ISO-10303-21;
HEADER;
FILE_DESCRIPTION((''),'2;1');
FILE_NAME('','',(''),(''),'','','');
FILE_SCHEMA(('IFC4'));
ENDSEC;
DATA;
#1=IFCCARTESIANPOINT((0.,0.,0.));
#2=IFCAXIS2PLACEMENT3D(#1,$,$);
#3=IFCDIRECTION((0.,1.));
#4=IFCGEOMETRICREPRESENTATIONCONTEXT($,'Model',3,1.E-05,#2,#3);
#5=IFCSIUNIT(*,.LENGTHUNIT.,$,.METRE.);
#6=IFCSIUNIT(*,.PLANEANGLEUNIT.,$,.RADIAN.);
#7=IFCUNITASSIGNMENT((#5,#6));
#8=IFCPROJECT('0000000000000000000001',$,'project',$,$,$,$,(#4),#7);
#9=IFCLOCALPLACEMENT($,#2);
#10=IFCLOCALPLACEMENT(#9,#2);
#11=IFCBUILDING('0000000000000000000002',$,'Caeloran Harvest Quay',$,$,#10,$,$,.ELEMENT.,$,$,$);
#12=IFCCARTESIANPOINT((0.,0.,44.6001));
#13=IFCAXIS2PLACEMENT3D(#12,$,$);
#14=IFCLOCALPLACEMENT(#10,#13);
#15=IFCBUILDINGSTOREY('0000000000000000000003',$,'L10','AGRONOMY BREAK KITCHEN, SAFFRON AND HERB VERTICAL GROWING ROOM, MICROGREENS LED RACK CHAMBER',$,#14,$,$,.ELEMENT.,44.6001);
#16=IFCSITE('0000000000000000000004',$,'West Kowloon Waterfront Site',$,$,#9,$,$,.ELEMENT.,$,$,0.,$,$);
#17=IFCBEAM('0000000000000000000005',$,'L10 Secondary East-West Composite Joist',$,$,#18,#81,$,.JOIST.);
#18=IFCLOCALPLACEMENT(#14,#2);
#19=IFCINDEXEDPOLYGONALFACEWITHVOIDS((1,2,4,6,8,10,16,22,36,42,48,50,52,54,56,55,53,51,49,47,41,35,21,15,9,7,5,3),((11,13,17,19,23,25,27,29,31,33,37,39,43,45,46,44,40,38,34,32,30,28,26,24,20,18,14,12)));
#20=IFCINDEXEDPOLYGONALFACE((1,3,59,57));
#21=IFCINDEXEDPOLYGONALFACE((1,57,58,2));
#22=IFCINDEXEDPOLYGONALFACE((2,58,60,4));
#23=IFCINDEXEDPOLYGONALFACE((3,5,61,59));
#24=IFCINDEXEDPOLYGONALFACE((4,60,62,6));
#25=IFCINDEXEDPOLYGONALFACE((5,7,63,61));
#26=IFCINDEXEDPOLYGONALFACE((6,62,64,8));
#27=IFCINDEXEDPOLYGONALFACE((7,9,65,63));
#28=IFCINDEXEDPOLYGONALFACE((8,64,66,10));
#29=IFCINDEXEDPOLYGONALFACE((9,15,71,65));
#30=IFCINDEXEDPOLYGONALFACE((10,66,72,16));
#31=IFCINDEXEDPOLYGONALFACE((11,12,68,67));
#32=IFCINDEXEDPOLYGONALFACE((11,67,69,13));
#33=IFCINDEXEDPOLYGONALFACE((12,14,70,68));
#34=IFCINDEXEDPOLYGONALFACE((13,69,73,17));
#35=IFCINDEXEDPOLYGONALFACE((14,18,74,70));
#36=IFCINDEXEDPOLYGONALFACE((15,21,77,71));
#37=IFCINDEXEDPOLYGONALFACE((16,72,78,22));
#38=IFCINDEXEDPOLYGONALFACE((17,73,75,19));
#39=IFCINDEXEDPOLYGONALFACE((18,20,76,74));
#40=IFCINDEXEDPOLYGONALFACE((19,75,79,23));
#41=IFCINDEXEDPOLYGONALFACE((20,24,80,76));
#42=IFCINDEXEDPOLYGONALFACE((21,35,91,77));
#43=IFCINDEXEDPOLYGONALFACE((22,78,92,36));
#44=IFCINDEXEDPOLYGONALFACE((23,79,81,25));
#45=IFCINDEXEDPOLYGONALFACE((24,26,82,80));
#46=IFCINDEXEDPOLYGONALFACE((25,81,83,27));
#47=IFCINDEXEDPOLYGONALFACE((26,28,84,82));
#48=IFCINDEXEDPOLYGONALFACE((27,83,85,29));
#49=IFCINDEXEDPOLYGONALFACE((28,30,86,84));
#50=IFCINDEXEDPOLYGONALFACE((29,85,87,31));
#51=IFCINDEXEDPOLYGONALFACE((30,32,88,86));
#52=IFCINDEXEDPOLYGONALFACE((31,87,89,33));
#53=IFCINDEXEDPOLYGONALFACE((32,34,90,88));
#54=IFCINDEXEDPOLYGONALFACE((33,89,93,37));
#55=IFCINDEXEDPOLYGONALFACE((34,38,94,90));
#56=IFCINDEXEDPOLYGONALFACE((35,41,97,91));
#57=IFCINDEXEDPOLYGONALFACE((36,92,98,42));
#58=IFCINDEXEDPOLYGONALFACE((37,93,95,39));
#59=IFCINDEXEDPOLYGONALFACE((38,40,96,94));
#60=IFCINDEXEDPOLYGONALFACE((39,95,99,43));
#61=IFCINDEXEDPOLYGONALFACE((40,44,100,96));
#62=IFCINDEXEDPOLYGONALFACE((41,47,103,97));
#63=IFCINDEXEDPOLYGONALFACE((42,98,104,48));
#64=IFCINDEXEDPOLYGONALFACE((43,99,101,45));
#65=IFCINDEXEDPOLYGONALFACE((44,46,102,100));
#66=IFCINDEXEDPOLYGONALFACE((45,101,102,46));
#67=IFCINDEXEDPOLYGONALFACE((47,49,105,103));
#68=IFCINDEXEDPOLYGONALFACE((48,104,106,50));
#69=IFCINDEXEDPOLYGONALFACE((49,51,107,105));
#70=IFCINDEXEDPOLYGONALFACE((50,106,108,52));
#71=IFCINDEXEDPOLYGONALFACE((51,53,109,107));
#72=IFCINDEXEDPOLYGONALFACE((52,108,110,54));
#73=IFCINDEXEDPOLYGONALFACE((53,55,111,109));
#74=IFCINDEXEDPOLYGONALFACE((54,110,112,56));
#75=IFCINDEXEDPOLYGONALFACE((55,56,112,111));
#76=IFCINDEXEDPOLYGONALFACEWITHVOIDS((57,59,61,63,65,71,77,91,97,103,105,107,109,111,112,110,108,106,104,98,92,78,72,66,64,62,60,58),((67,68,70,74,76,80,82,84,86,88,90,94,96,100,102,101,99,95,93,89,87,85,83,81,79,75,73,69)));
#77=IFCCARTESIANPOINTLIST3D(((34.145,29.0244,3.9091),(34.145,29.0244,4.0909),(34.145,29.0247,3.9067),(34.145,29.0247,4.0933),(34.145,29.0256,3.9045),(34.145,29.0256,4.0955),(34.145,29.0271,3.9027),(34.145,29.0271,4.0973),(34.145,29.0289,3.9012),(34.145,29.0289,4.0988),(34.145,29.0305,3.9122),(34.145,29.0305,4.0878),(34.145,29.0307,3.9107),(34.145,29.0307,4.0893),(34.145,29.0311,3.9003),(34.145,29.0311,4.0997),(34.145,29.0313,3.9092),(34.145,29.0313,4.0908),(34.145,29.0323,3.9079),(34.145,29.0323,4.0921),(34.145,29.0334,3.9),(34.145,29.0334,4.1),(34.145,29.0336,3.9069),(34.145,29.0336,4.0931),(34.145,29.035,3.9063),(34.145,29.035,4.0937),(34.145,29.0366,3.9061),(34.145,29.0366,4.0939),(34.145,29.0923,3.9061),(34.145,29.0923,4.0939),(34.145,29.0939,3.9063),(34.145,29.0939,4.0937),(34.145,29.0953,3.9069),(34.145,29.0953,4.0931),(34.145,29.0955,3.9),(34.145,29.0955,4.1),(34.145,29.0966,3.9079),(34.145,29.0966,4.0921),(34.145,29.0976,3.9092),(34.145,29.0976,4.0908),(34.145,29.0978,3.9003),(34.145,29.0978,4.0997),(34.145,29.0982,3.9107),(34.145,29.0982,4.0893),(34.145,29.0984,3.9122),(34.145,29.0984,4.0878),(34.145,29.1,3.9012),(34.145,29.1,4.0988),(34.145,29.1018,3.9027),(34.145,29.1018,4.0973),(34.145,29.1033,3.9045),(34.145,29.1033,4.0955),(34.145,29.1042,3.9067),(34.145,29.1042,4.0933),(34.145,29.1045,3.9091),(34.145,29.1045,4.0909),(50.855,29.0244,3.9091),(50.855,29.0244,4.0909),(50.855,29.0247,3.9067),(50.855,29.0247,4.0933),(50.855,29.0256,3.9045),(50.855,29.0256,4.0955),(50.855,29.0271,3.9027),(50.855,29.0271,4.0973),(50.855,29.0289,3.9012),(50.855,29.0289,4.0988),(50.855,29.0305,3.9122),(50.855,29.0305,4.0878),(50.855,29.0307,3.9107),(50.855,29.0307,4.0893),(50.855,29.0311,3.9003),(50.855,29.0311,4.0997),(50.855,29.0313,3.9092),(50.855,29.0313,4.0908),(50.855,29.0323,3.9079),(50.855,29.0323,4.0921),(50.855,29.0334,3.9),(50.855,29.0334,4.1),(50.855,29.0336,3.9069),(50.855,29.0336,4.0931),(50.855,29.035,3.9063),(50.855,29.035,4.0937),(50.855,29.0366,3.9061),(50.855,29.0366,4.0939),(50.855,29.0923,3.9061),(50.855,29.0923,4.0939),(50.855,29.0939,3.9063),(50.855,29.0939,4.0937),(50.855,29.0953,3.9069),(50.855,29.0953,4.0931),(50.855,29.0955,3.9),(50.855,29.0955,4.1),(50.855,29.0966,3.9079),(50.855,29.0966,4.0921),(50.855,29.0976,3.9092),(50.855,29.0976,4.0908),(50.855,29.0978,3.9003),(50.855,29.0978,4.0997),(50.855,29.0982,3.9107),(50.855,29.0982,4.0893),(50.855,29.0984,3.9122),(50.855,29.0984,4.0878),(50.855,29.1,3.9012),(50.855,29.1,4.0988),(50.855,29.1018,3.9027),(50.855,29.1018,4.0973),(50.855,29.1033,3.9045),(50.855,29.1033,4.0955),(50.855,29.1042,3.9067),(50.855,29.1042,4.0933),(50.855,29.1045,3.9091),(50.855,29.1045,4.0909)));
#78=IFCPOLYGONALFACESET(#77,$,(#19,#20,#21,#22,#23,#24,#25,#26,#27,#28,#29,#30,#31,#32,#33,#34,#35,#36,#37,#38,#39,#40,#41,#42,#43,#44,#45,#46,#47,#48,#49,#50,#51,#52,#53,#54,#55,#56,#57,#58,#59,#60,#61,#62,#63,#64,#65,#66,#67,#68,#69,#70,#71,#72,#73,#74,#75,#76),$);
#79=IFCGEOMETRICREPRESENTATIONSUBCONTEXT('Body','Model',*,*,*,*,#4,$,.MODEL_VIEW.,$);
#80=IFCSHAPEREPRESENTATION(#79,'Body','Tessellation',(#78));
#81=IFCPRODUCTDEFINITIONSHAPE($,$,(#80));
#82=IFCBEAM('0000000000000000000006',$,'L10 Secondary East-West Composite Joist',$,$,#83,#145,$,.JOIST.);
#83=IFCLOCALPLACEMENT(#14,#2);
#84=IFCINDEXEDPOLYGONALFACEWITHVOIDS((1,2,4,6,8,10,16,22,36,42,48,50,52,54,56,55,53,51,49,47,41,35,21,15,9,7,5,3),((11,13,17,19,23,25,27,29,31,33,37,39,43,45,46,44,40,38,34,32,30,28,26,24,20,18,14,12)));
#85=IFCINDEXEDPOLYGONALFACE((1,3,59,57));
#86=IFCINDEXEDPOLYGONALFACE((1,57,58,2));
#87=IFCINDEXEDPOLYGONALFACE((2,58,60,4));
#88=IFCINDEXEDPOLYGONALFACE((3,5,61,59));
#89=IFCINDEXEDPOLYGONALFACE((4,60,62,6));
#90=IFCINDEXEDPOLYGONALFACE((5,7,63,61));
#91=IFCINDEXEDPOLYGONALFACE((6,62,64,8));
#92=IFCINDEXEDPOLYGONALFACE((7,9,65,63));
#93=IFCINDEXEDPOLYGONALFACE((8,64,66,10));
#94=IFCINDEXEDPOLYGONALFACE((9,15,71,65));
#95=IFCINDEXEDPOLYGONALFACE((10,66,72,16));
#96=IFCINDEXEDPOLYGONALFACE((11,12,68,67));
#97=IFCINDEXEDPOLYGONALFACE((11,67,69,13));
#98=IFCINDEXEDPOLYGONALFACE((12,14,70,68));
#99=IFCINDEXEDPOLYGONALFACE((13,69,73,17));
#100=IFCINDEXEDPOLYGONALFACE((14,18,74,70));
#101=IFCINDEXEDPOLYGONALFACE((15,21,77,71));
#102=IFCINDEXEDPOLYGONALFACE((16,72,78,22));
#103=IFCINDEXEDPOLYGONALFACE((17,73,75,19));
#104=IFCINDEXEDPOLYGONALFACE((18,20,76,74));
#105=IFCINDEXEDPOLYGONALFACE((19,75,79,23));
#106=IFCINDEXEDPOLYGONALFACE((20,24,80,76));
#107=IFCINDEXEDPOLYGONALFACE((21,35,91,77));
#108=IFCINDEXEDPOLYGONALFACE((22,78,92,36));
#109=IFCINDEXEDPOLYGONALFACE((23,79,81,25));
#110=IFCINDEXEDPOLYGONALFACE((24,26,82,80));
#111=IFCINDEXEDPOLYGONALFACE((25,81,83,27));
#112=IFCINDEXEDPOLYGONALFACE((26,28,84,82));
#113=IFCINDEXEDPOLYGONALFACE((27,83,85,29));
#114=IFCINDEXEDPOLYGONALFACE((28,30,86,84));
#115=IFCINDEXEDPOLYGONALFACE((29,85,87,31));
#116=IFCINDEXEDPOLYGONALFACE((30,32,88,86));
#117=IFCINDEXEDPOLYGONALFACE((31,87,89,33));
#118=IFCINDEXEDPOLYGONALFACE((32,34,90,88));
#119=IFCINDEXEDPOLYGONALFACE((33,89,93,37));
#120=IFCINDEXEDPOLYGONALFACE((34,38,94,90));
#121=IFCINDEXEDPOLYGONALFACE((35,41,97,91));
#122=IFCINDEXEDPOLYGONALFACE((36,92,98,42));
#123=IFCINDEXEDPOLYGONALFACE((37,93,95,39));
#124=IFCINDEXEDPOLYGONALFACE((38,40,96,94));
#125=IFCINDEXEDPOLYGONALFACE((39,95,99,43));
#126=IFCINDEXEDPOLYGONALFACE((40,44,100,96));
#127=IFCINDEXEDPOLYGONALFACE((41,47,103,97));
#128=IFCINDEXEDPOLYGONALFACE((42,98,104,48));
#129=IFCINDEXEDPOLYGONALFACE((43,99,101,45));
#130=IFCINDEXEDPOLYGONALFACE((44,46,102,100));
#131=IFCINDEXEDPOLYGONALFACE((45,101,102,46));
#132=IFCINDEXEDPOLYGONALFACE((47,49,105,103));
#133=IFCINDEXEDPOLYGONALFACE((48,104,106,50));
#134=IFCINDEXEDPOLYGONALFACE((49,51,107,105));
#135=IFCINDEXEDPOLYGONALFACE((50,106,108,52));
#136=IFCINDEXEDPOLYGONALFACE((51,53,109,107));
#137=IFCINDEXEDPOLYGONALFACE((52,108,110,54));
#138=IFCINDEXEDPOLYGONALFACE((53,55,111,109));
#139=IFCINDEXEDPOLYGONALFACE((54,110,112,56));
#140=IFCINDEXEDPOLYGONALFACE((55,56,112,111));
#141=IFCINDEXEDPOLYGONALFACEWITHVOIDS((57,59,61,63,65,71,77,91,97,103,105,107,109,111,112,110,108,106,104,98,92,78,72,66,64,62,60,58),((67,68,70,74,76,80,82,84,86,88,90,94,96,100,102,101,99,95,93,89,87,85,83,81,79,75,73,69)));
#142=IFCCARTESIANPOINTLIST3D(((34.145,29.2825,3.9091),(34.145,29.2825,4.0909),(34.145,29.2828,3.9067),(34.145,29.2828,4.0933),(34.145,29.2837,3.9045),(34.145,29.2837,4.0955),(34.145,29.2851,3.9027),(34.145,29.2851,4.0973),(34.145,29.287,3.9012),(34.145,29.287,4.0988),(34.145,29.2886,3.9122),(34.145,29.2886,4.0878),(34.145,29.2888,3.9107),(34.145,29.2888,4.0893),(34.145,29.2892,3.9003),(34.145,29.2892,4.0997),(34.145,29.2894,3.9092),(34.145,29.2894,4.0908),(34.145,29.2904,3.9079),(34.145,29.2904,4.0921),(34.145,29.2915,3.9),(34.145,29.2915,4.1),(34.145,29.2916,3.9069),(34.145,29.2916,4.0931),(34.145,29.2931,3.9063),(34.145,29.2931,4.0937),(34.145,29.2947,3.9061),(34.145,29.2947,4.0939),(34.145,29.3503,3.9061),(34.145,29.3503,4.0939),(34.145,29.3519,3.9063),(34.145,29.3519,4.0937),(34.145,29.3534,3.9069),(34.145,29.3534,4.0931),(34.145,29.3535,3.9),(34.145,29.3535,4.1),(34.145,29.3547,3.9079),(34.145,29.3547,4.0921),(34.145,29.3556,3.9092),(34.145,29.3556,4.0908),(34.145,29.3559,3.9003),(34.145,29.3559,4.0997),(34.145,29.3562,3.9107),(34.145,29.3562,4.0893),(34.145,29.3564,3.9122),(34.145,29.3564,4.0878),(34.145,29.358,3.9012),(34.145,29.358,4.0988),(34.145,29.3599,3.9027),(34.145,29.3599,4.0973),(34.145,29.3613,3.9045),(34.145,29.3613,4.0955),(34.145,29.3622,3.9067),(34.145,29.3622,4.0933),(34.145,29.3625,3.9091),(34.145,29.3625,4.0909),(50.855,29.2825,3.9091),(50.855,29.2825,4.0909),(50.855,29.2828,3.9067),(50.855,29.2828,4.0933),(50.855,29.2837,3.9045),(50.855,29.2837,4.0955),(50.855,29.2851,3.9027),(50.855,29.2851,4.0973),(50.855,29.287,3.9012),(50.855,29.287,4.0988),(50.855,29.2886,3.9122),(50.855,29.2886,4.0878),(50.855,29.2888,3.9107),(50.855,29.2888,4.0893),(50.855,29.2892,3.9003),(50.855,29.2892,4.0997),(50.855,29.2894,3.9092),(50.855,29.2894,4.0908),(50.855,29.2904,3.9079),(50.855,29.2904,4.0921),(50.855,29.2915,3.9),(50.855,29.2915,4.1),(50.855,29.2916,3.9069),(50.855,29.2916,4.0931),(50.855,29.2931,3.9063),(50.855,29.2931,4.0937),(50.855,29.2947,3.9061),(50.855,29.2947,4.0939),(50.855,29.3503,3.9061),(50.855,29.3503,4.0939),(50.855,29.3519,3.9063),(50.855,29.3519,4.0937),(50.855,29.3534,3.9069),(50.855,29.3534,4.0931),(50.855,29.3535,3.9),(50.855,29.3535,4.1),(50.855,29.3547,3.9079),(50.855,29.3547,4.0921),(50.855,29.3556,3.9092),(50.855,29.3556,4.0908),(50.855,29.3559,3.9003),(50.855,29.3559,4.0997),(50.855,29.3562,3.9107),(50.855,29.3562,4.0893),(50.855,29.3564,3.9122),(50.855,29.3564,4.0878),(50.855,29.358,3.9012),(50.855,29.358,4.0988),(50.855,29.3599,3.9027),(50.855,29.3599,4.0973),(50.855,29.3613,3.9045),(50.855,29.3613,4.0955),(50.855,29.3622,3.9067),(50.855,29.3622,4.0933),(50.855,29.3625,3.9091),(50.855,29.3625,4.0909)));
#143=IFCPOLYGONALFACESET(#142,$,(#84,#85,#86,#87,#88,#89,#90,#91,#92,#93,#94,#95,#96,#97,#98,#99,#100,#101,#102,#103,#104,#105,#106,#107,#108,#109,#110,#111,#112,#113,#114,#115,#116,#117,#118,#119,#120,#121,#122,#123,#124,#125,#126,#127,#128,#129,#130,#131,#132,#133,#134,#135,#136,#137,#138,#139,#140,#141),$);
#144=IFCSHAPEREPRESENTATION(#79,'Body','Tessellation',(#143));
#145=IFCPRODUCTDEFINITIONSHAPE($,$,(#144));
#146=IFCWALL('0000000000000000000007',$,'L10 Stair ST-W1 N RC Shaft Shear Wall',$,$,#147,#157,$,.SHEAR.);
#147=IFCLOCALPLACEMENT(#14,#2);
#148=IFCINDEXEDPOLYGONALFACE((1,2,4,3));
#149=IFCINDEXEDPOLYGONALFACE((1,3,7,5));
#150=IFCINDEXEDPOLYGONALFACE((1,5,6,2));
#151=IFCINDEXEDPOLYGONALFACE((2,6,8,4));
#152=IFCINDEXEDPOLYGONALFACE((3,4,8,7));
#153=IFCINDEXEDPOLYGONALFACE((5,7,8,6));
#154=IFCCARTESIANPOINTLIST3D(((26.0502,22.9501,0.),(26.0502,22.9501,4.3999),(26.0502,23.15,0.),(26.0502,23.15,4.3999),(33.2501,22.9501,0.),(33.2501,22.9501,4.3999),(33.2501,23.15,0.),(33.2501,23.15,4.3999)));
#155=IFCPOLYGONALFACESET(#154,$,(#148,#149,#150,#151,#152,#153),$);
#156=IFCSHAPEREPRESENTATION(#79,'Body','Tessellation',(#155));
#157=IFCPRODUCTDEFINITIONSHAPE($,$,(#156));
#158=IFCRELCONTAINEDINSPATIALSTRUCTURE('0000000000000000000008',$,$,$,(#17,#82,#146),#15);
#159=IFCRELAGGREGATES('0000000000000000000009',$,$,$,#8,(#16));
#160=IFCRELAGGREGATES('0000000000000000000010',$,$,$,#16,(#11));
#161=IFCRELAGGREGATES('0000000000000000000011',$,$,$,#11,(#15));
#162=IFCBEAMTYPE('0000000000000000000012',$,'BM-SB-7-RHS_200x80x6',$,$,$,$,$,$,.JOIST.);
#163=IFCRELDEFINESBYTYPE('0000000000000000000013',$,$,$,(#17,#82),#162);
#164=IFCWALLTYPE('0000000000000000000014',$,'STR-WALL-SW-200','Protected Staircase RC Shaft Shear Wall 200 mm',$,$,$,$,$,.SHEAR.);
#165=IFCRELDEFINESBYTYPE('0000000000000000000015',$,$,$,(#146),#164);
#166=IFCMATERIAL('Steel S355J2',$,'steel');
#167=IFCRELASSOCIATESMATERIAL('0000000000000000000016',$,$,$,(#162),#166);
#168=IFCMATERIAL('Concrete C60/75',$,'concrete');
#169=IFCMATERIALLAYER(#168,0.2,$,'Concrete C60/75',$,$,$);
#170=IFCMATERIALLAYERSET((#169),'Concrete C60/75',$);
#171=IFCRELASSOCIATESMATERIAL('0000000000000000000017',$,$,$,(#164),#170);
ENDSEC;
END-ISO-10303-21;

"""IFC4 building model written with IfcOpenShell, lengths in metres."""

from ifc_helpers import new_model, si_unit, direction, frame, frame_2d, origin, origin_2d, place, context, subcontext, project, spatial, rectangle, hollow_rectangle, extrude, material, layer, layer_set, material_profile, profile_set, type_object, element, save


model = new_model("IFC4")

# Units and contexts
model_context = context("Model", 3, precision=1e-05, world=origin(), true_north=direction((0.0, 1.0)))
body_context = subcontext(model_context, "Body", "Model", "MODEL_VIEW")
ifc_project = project(units=[si_unit("LENGTHUNIT", "METRE"), si_unit("PLANEANGLEUNIT", "RADIAN")], contexts=[model_context])

# Site, building, storey
site_placement = place(None, origin())
site = spatial("IfcSite", under=ifc_project, at=site_placement, Name="West Kowloon Waterfront Site", CompositionType="ELEMENT", RefElevation=0.0)
building_placement = place(site_placement, origin())
building = spatial("IfcBuilding", under=site, at=building_placement, Name="Caeloran Harvest Quay", CompositionType="ELEMENT")
storey_placement = place(building_placement, frame((0.0, 0.0, 44.6001)))
storey = spatial("IfcBuildingStorey", under=building, at=storey_placement, Name="L10", Description="AGRONOMY BREAK KITCHEN, SAFFRON AND HERB VERTICAL GROWING ROOM, MICROGREENS LED RACK CHAMBER", CompositionType="ELEMENT", Elevation=44.6001)

# Beams
ifc_material_1 = material(Name="Steel S355J2", Category="steel")
ifc_material_profile_1 = material_profile(ifc_material_1, hollow_rectangle(XDim=0.0801, YDim=0.2, WallThickness=0.0061, InnerFilletRadius=0.0061, OuterFilletRadius=0.009, at=origin_2d()), Name="RHS 200x80x6")
ifc_profile_set_1 = profile_set([ifc_material_profile_1], Name="Steel S355J2")
beam_type_1 = type_object("IfcBeamType", Name="BM-SB-7-RHS_200x80x6", PredefinedType="JOIST", material=ifc_profile_set_1)
for number, where, z_axis, x_axis, name in (
    (1, (34.145, 29.0645, 4.0), (1.0, 0.0, 0.0), (0.0, 1.0, 0.0), "L10 Secondary East-West Composite Joist"),
    (2, (34.145, 29.3225, 4.0), (1.0, 0.0, 0.0), (0.0, 1.0, 0.0), "L10 Secondary East-West Composite Joist"),
):
    element("IfcBeam", number, at=place(storey_placement, frame(where, z_axis=z_axis, x_axis=x_axis)), inside=storey, type_object=beam_type_1, Name=name, PredefinedType="JOIST", context=body_context, shape_type="SweptSolid", body=[
        extrude(hollow_rectangle(XDim=0.0801, YDim=0.2, WallThickness=0.0061, InnerFilletRadius=0.0061, OuterFilletRadius=0.009, at=origin_2d()), origin(), (0.0, 0.0, 1.0), 16.71),
    ])

# Wall
ifc_material_2 = material(Name="Concrete C60/75", Category="concrete")
ifc_layer_1 = layer(ifc_material_2, 0.2, Name="Concrete C60/75")
ifc_layer_set_1 = layer_set([ifc_layer_1], Name="Concrete C60/75")
wall_type = type_object("IfcWallType", Name="STR-WALL-SW-200", Description="Protected Staircase RC Shaft Shear Wall 200 mm", PredefinedType="SHEAR", material=ifc_layer_set_1)
wall_placement = place(storey_placement, frame((26.05, 23.05, 0.0), z_axis=(0.0, 0.0, 1.0), x_axis=(1.0, 0.0, 0.0)))
element("IfcWall", 3, at=wall_placement, inside=storey, type_object=wall_type, Name="L10 Stair ST-W1 N RC Shaft Shear Wall", PredefinedType="SHEAR", context=body_context, shape_type="SweptSolid", body=[
    extrude(rectangle(XDim=7.2, YDim=0.2, at=frame_2d((3.6001, 0.0))), origin(), (0.0, 0.0, 1.0), 4.3999),
])

save(model, "model.ifc")
